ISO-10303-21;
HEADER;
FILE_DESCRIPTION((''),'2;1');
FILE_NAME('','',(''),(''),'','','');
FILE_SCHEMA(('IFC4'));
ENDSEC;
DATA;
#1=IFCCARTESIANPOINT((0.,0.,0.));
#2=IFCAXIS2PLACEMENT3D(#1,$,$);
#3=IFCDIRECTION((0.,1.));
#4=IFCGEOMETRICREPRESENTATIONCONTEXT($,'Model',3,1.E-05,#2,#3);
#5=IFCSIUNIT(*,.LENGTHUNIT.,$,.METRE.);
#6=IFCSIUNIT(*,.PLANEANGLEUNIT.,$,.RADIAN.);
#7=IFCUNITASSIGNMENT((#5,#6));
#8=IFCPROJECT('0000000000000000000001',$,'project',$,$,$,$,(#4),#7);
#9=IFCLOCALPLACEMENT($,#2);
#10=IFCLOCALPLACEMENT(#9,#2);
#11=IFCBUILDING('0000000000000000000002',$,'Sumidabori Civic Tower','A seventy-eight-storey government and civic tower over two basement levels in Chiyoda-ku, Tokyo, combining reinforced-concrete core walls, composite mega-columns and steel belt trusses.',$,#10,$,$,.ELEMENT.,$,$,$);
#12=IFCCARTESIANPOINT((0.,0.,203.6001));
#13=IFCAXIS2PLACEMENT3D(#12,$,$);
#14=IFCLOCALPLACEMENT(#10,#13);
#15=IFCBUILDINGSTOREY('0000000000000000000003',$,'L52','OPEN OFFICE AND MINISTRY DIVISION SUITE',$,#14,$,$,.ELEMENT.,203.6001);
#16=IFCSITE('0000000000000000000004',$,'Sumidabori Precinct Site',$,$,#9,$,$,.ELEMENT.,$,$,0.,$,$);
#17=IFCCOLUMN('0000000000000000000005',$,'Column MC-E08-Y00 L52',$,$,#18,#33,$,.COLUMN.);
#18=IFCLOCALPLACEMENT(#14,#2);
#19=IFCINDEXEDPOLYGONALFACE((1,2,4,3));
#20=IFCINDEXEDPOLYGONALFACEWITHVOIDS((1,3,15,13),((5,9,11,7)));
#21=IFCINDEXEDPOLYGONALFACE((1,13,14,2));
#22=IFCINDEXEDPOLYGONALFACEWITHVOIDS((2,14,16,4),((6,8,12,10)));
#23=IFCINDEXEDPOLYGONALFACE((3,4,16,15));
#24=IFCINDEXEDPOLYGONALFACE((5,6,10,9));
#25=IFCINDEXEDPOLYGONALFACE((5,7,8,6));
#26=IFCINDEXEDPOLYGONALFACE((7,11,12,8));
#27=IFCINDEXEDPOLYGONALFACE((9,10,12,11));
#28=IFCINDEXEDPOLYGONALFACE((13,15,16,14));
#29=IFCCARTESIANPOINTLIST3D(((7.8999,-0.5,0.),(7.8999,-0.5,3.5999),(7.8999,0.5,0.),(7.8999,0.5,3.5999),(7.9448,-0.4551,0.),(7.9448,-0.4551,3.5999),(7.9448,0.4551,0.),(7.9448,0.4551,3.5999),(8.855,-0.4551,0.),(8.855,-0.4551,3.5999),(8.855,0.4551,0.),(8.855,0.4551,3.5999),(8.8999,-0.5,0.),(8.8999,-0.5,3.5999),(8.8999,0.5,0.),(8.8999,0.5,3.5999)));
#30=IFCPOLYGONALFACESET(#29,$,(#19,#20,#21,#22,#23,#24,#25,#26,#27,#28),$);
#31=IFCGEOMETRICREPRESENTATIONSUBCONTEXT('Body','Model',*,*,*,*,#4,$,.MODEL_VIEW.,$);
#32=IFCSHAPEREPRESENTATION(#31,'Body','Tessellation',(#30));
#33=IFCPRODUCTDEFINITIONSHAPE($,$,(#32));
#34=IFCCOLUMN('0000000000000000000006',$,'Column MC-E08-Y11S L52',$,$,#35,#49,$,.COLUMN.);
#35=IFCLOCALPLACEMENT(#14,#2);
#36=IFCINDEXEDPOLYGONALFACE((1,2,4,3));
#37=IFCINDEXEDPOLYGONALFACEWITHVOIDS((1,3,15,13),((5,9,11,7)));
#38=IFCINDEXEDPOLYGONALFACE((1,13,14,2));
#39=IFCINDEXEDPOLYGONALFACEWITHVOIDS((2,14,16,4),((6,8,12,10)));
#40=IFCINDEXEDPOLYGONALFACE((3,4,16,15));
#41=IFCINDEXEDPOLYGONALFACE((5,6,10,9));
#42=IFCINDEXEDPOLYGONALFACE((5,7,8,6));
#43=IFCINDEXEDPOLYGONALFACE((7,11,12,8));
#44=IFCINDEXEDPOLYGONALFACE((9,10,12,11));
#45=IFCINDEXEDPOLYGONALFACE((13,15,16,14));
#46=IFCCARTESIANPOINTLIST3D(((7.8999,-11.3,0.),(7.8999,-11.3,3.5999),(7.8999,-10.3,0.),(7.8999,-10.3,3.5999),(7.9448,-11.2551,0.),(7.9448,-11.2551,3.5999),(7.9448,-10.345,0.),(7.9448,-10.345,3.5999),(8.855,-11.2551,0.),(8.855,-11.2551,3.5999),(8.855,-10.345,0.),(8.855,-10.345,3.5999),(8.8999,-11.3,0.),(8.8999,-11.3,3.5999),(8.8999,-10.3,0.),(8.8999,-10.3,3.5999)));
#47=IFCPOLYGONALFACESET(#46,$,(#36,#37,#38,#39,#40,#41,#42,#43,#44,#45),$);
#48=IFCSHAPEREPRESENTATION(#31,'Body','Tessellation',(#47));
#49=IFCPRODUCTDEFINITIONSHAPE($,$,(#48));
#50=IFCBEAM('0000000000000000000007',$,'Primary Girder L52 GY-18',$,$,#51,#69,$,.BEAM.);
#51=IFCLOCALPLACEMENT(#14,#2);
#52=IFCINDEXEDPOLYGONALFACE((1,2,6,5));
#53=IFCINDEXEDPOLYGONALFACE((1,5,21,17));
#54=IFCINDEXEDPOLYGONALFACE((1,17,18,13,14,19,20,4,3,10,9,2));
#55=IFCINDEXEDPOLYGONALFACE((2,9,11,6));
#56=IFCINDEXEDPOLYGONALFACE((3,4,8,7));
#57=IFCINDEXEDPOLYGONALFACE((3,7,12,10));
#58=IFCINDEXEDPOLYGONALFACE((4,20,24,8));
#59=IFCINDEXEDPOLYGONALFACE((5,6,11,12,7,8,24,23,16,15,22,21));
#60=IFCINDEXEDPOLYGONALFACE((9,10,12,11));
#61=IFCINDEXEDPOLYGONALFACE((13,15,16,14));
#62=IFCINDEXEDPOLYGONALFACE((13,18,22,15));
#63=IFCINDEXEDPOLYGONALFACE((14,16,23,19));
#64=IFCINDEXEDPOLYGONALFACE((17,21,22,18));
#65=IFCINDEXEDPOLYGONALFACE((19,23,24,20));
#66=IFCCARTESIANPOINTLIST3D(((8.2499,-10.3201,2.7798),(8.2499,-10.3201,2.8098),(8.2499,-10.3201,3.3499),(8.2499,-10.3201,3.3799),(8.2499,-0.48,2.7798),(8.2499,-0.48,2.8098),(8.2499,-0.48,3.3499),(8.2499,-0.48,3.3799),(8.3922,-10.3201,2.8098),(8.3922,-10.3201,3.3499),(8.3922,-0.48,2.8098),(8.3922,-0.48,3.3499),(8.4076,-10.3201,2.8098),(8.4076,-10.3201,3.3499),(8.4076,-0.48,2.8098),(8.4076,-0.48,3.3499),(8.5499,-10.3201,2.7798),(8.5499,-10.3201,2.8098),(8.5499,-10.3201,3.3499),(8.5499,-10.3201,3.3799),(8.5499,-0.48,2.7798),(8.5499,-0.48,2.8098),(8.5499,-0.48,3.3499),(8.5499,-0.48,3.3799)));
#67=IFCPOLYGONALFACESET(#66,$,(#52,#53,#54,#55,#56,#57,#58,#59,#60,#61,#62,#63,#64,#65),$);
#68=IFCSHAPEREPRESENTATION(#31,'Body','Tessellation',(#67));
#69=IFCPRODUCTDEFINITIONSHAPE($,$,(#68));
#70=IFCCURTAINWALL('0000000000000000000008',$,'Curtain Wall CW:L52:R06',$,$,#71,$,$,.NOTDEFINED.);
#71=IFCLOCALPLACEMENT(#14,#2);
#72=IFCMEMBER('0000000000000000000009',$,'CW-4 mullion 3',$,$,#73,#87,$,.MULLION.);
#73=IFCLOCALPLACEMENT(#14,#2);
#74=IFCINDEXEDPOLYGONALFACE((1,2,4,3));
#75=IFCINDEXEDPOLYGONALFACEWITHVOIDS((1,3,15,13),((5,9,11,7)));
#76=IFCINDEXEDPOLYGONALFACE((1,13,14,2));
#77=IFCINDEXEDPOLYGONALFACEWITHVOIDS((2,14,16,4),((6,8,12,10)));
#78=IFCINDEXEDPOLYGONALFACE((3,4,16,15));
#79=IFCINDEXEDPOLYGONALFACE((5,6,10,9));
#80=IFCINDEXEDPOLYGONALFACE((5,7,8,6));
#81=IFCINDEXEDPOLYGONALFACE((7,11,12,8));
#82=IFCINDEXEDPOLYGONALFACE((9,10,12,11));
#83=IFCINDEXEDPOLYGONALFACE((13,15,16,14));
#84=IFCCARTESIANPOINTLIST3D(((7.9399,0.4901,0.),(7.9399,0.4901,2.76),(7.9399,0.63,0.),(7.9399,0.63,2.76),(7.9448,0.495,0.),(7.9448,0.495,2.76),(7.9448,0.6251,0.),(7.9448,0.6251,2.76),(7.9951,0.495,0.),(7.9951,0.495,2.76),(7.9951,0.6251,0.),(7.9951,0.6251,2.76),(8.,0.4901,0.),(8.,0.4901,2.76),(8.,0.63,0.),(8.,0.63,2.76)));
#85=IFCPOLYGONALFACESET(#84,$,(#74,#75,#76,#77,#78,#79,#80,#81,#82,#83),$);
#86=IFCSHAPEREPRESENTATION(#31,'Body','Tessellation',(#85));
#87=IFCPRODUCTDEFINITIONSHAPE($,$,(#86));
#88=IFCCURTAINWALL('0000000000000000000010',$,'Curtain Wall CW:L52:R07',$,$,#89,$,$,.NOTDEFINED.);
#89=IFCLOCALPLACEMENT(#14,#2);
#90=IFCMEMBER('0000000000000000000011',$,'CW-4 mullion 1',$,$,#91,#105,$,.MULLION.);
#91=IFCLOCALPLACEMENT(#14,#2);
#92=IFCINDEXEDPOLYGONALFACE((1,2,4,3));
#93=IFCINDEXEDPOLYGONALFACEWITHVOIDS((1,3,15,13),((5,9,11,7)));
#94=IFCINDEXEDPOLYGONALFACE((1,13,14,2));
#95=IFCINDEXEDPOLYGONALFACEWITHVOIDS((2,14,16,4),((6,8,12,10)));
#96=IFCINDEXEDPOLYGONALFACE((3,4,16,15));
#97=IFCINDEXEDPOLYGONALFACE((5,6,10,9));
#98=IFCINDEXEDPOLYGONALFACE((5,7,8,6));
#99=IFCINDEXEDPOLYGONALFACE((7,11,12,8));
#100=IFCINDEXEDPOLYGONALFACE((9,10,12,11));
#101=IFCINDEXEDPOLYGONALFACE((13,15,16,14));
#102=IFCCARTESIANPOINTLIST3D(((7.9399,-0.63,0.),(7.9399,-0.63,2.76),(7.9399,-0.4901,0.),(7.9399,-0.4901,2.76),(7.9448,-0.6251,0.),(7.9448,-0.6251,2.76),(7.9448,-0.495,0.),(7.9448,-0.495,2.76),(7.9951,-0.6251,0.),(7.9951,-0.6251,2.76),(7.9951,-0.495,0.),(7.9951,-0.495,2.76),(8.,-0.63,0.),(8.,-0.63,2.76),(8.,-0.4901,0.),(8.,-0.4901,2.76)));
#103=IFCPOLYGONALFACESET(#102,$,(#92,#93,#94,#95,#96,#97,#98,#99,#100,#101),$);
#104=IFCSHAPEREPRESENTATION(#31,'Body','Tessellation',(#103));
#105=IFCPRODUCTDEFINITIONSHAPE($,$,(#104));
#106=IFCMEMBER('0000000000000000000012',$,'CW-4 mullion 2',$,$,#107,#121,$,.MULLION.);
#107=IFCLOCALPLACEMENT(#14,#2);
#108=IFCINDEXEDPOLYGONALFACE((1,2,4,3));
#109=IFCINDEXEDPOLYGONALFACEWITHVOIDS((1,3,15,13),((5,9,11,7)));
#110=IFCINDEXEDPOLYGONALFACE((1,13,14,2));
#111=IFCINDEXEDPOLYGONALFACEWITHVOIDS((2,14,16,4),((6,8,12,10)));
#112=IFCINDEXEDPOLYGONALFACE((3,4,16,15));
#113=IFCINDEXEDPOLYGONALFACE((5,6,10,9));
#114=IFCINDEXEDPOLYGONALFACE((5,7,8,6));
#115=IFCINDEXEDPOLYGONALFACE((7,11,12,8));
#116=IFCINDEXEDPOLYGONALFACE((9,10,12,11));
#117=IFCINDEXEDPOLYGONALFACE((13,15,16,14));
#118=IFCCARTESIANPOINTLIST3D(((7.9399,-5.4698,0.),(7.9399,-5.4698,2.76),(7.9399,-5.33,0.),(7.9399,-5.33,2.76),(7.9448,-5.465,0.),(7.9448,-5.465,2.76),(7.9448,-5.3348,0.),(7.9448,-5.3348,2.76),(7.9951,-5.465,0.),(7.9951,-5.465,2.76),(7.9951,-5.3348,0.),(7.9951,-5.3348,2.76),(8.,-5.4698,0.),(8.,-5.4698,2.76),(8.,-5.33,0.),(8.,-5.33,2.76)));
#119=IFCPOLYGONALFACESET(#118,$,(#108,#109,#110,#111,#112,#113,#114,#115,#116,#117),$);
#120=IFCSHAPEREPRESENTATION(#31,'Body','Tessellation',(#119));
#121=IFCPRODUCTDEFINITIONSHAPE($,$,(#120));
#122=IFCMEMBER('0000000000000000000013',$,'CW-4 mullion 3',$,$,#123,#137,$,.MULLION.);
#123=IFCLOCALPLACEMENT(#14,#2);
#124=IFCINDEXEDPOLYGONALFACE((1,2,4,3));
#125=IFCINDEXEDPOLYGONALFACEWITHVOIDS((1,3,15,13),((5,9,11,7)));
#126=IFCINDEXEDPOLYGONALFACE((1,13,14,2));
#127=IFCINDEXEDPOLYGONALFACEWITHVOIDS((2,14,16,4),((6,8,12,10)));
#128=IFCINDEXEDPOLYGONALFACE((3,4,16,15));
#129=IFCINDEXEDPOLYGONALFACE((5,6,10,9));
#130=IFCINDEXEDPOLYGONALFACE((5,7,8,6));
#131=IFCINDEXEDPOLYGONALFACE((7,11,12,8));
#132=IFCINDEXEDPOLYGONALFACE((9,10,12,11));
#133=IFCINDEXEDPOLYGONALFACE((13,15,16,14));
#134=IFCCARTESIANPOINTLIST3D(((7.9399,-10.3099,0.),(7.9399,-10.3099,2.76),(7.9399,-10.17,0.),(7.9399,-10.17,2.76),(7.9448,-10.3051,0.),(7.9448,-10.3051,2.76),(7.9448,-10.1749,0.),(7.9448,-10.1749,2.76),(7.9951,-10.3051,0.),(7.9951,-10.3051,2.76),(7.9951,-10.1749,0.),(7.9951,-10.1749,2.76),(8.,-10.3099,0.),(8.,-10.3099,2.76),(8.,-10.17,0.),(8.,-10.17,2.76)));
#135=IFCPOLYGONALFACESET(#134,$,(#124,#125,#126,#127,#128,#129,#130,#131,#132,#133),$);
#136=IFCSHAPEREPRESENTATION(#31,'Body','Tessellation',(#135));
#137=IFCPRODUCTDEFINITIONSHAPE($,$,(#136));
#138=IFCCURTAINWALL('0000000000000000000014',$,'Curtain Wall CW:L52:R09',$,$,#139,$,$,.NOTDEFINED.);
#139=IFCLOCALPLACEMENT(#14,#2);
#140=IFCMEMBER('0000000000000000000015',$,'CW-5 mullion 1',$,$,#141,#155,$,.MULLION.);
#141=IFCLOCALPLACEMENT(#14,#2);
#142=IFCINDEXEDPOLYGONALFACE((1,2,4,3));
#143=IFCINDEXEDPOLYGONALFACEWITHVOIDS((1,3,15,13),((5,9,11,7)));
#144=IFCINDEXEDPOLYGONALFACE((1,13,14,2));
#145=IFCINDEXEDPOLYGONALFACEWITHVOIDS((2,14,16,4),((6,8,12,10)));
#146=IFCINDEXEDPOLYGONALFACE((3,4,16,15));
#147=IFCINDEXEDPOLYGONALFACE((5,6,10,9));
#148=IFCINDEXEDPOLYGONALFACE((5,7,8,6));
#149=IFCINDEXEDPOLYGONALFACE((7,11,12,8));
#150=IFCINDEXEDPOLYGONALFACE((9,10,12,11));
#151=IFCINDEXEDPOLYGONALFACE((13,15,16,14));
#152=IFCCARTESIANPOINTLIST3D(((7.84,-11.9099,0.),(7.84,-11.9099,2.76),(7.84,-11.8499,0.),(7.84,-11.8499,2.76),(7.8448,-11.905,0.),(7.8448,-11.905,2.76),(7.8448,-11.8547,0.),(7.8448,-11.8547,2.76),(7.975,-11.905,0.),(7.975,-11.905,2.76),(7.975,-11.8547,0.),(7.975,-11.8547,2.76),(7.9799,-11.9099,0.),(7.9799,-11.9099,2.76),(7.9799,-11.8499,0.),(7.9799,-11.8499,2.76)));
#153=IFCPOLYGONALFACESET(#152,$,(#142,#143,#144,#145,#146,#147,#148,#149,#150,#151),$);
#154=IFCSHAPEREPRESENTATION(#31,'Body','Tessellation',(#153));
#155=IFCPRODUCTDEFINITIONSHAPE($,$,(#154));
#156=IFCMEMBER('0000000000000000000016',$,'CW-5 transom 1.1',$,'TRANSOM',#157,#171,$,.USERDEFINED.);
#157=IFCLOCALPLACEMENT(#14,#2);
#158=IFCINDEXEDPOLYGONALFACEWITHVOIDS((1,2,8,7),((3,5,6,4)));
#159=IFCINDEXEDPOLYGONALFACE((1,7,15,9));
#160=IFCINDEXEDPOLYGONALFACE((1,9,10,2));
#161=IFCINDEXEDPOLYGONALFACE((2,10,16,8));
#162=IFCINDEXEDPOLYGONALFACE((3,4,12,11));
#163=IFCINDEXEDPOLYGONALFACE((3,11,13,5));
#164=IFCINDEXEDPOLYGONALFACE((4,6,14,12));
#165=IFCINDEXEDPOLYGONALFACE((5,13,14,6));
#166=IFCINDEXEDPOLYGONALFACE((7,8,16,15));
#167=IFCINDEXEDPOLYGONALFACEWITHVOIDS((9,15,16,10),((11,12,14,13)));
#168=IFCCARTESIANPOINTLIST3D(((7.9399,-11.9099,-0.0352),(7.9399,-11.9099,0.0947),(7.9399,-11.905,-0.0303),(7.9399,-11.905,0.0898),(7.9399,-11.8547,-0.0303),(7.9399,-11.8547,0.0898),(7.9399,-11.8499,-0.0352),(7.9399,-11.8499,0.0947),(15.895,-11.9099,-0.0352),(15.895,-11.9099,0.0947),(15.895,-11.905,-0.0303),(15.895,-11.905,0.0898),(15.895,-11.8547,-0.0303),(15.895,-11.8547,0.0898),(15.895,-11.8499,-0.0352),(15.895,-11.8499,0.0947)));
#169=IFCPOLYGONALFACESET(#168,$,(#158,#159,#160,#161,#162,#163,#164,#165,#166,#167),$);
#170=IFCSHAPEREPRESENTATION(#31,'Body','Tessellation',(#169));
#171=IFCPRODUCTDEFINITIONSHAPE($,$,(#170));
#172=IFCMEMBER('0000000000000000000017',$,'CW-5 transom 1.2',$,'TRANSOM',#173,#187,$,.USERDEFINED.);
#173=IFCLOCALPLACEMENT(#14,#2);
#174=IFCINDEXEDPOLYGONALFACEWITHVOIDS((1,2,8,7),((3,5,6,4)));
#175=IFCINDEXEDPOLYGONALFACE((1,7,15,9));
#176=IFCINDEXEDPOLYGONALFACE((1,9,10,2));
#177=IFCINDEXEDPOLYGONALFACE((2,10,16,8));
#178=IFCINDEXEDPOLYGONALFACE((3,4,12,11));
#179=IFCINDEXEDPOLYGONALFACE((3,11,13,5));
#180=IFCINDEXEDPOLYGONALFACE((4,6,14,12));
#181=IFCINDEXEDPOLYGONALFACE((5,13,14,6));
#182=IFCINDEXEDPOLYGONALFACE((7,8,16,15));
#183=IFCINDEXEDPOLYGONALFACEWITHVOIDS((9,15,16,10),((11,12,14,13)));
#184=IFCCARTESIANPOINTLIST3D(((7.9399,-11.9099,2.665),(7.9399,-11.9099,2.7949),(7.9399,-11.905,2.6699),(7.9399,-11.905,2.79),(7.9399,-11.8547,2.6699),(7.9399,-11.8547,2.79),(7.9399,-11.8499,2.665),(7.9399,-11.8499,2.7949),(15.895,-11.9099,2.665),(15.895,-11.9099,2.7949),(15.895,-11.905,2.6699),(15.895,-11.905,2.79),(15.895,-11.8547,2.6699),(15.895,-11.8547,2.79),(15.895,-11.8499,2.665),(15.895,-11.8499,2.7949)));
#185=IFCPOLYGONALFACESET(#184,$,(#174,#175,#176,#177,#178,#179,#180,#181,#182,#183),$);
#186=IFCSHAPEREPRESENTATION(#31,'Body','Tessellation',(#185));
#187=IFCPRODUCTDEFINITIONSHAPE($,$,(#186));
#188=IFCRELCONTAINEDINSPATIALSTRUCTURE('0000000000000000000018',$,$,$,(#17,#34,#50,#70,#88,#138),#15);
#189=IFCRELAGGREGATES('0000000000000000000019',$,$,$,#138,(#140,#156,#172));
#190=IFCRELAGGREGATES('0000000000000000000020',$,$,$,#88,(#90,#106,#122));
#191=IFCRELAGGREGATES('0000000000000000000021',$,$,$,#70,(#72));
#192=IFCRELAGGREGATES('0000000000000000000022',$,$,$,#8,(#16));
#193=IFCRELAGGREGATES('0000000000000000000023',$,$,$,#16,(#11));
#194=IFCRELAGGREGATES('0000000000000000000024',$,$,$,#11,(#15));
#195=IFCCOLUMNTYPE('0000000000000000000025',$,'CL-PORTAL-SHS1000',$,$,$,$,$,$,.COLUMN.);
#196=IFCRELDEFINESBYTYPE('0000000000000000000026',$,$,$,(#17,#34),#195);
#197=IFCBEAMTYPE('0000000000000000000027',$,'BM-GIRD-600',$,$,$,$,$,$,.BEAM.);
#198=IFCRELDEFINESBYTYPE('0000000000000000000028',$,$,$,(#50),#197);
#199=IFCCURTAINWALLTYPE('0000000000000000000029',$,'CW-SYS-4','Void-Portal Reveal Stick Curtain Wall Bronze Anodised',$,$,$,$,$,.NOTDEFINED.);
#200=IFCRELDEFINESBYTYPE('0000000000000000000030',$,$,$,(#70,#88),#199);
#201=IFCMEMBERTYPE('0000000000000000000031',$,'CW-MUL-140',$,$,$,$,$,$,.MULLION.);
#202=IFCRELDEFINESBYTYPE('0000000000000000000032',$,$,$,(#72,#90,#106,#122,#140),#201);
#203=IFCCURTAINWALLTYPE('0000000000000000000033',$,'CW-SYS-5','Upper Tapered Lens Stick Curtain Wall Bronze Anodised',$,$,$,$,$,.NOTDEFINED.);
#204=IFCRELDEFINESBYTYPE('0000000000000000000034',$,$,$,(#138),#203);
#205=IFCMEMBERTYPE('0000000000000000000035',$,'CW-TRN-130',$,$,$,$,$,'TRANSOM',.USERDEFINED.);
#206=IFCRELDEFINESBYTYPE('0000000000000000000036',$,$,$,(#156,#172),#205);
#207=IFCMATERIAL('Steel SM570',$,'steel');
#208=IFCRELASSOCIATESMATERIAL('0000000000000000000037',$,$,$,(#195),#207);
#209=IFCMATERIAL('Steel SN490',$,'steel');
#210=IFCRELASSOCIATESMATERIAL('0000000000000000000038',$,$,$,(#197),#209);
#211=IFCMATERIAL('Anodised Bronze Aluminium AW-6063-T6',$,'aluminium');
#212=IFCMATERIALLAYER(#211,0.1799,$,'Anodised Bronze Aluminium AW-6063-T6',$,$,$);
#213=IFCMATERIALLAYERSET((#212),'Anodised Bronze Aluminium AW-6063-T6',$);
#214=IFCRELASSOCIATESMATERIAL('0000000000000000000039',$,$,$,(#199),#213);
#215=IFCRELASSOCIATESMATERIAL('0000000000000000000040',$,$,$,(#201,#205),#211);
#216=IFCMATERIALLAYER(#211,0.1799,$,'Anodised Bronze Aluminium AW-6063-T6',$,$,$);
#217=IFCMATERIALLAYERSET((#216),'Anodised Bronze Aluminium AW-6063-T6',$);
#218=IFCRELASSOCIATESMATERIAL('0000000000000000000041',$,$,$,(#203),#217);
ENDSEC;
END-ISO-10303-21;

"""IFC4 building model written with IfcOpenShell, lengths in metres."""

from ifc_helpers import new_model, si_unit, direction, frame, origin, origin_2d, place, context, subcontext, project, spatial, hollow_rectangle, i_section, extrude, source, transform, mapped, material, layer, layer_set, material_profile, profile_set, type_object, element, aggregate, save


model = new_model("IFC4")

# Units and contexts
model_context = context("Model", 3, precision=1e-05, world=origin(), true_north=direction((0.0, 1.0)))
body_context = subcontext(model_context, "Body", "Model", "MODEL_VIEW")
ifc_project = project(units=[si_unit("LENGTHUNIT", "METRE"), si_unit("PLANEANGLEUNIT", "RADIAN")], contexts=[model_context])

# Site, building, storey
site_placement = place(None, origin())
site = spatial("IfcSite", under=ifc_project, at=site_placement, Name="Sumidabori Precinct Site", CompositionType="ELEMENT", RefElevation=0.0)
building_placement = place(site_placement, origin())
building = spatial("IfcBuilding", under=site, at=building_placement, Name="Sumidabori Civic Tower", Description="A seventy-eight-storey government and civic tower over two basement levels in Chiyoda-ku, Tokyo, combining reinforced-concrete core walls, composite mega-columns and steel belt trusses.", CompositionType="ELEMENT")
storey_placement = place(building_placement, frame((0.0, 0.0, 203.6001)))
storey = spatial("IfcBuildingStorey", under=building, at=storey_placement, Name="L52", Description="OPEN OFFICE AND MINISTRY DIVISION SUITE", CompositionType="ELEMENT", Elevation=203.6001)

# Columns
ifc_material_1 = material(Name="Steel SM570", Category="steel")
ifc_material_profile_1 = material_profile(ifc_material_1, hollow_rectangle(XDim=1.0, YDim=1.0, WallThickness=0.0449, at=origin_2d()), Name="SHS 1000x1000x45")
ifc_profile_set_1 = profile_set([ifc_material_profile_1], Name="Steel SM570")
column_type = type_object("IfcColumnType", Name="CL-PORTAL-SHS1000", PredefinedType="COLUMN", material=ifc_profile_set_1)
shared_shape_1 = source(origin(), body_context, "Body", "SweptSolid", [
    extrude(hollow_rectangle(XDim=1.0, YDim=1.0, WallThickness=0.0449, at=origin_2d()), origin(), (0.0, 0.0, 1.0), 3.5999),
])
for number, where, z_axis, x_axis, name in (
    (1, (8.3999, 0.0, 0.0), (0.0, 0.0, 1.0), (1.0, 0.0, 0.0), "Column MC-E08-Y00 L52"),
    (2, (8.3999, -10.8, 0.0), (0.0, 0.0, 1.0), (1.0, 0.0, 0.0), "Column MC-E08-Y11S L52"),
):
    element("IfcColumn", number, at=place(storey_placement, frame(where, z_axis=z_axis, x_axis=x_axis)), inside=storey, type_object=column_type, Name=name, PredefinedType="COLUMN", context=body_context, shape_type="MappedRepresentation", body=[
        mapped(shared_shape_1, transform((0.0, 0.0, 0.0), x_axis=(1.0, 0.0, 0.0), y_axis=(0.0, 1.0, 0.0), z_axis=(0.0, 0.0, 1.0), scale=1.0)),
    ])

# Beam
ifc_material_2 = material(Name="Steel SN490", Category="steel")
ifc_material_profile_2 = material_profile(ifc_material_2, i_section(OverallWidth=0.3, OverallDepth=0.6001, WebThickness=0.0154, FlangeThickness=0.03, at=origin_2d()), Name="HE 600 B")
ifc_profile_set_2 = profile_set([ifc_material_profile_2], Name="Steel SN490")
beam_type = type_object("IfcBeamType", Name="BM-GIRD-600", PredefinedType="BEAM", material=ifc_profile_set_2)
shared_shape_2 = source(origin(), body_context, "Body", "SweptSolid", [
    extrude(i_section(OverallWidth=0.3, OverallDepth=0.6001, WebThickness=0.0154, FlangeThickness=0.03, at=origin_2d()), origin(), (0.0, 0.0, 1.0), 9.8401),
])
beam_placement = place(storey_placement, frame((8.3999, -10.3201, 3.0798), z_axis=(0.0, 1.0, 0.0), x_axis=(-1.0, 0.0, 0.0)))
element("IfcBeam", 3, at=beam_placement, inside=storey, type_object=beam_type, Name="Primary Girder L52 GY-18", PredefinedType="BEAM", context=body_context, shape_type="MappedRepresentation", body=[
    mapped(shared_shape_2, transform((0.0, 0.0, 0.0), x_axis=(1.0, 0.0, 0.0), y_axis=(0.0, 1.0, 0.0), z_axis=(0.0, 0.0, 1.0), scale=1.0)),
])

# Curtain wall, member
ifc_material_3 = material(Name="Anodised Bronze Aluminium AW-6063-T6", Category="aluminium")
ifc_layer_1 = layer(ifc_material_3, 0.1799, Name="Anodised Bronze Aluminium AW-6063-T6")
ifc_layer_set_1 = layer_set([ifc_layer_1], Name="Anodised Bronze Aluminium AW-6063-T6")
curtain_wall_type_1 = type_object("IfcCurtainWallType", Name="CW-SYS-4", Description="Void-Portal Reveal Stick Curtain Wall Bronze Anodised", PredefinedType="NOTDEFINED", material=ifc_layer_set_1)
curtain_wall_1_placement = place(storey_placement, origin())
curtain_wall_1 = element("IfcCurtainWall", 4, at=curtain_wall_1_placement, inside=storey, type_object=curtain_wall_type_1, Name="Curtain Wall CW:L52:R06", PredefinedType="NOTDEFINED")
ifc_material_profile_3 = material_profile(ifc_material_3, hollow_rectangle(XDim=0.0601, YDim=0.1399, WallThickness=0.0049, at=origin_2d()), Name="ALU MULLION 140x60")
ifc_profile_set_3 = profile_set([ifc_material_profile_3], Name="Anodised Bronze Aluminium AW-6063-T6")
member_type_1 = type_object("IfcMemberType", Name="CW-MUL-140", PredefinedType="MULLION", material=ifc_profile_set_3)
shared_shape_3 = source(origin(), body_context, "Body", "SweptSolid", [
    extrude(hollow_rectangle(XDim=0.0601, YDim=0.1399, WallThickness=0.0049, at=origin_2d()), origin(), (0.0, 0.0, 1.0), 2.76),
])
member_1_placement = place(storey_placement, frame((7.97, 0.5601, 0.0), z_axis=(0.0, 0.0, 1.0), x_axis=(1.0, 0.0, 0.0)))
member_1 = element("IfcMember", 5, at=member_1_placement, type_object=member_type_1, Name="CW-4 mullion 3", PredefinedType="MULLION", context=body_context, shape_type="MappedRepresentation", body=[
    mapped(shared_shape_3, transform((0.0, 0.0, 0.0), x_axis=(1.0, 0.0, 0.0), y_axis=(0.0, 1.0, 0.0), z_axis=(0.0, 0.0, 1.0), scale=1.0)),
])

# Curtain walls, members
curtain_wall_2_placement = place(storey_placement, origin())
curtain_wall_2 = element("IfcCurtainWall", 6, at=curtain_wall_2_placement, inside=storey, type_object=curtain_wall_type_1, Name="Curtain Wall CW:L52:R07", PredefinedType="NOTDEFINED")
member_2_placement = place(storey_placement, frame((7.97, -0.5601, 0.0), z_axis=(0.0, 0.0, 1.0), x_axis=(1.0, 0.0, 0.0)))
member_2 = element("IfcMember", 7, at=member_2_placement, type_object=member_type_1, Name="CW-4 mullion 1", PredefinedType="MULLION", context=body_context, shape_type="MappedRepresentation", body=[
    mapped(shared_shape_3, transform((0.0, 0.0, 0.0), x_axis=(1.0, 0.0, 0.0), y_axis=(0.0, 1.0, 0.0), z_axis=(0.0, 0.0, 1.0), scale=1.0)),
])
member_3_placement = place(storey_placement, frame((7.97, -5.3999, 0.0), z_axis=(0.0, 0.0, 1.0), x_axis=(1.0, 0.0, 0.0)))
member_3 = element("IfcMember", 8, at=member_3_placement, type_object=member_type_1, Name="CW-4 mullion 2", PredefinedType="MULLION", context=body_context, shape_type="MappedRepresentation", body=[
    mapped(shared_shape_3, transform((0.0, 0.0, 0.0), x_axis=(1.0, 0.0, 0.0), y_axis=(0.0, 1.0, 0.0), z_axis=(0.0, 0.0, 1.0), scale=1.0)),
])
member_4_placement = place(storey_placement, frame((7.97, -10.24, 0.0), z_axis=(0.0, 0.0, 1.0), x_axis=(1.0, 0.0, 0.0)))
member_4 = element("IfcMember", 9, at=member_4_placement, type_object=member_type_1, Name="CW-4 mullion 3", PredefinedType="MULLION", context=body_context, shape_type="MappedRepresentation", body=[
    mapped(shared_shape_3, transform((0.0, 0.0, 0.0), x_axis=(1.0, 0.0, 0.0), y_axis=(0.0, 1.0, 0.0), z_axis=(0.0, 0.0, 1.0), scale=1.0)),
])
ifc_layer_2 = layer(ifc_material_3, 0.1799, Name="Anodised Bronze Aluminium AW-6063-T6")
ifc_layer_set_2 = layer_set([ifc_layer_2], Name="Anodised Bronze Aluminium AW-6063-T6")
curtain_wall_type_2 = type_object("IfcCurtainWallType", Name="CW-SYS-5", Description="Upper Tapered Lens Stick Curtain Wall Bronze Anodised", PredefinedType="NOTDEFINED", material=ifc_layer_set_2)
curtain_wall_3_placement = place(storey_placement, origin())
curtain_wall_3 = element("IfcCurtainWall", 10, at=curtain_wall_3_placement, inside=storey, type_object=curtain_wall_type_2, Name="Curtain Wall CW:L52:R09", PredefinedType="NOTDEFINED")
member_5_placement = place(storey_placement, frame((7.9099, -11.8799, 0.0), z_axis=(0.0, 0.0, 1.0), x_axis=(0.0, 1.0, 0.0)))
member_5 = element("IfcMember", 11, at=member_5_placement, type_object=member_type_1, Name="CW-5 mullion 1", PredefinedType="MULLION", context=body_context, shape_type="MappedRepresentation", body=[
    mapped(shared_shape_3, transform((0.0, 0.0, 0.0), x_axis=(1.0, 0.0, 0.0), y_axis=(0.0, 1.0, 0.0), z_axis=(0.0, 0.0, 1.0), scale=1.0)),
])
ifc_material_profile_4 = material_profile(ifc_material_3, hollow_rectangle(XDim=0.0601, YDim=0.1299, WallThickness=0.0049, at=origin_2d()), Name="ALU TRANSOM 130x60")
ifc_profile_set_4 = profile_set([ifc_material_profile_4], Name="Anodised Bronze Aluminium AW-6063-T6")
member_type_2 = type_object("IfcMemberType", Name="CW-TRN-130", ElementType="TRANSOM", PredefinedType="USERDEFINED", material=ifc_profile_set_4)
shared_shape_4 = source(origin(), body_context, "Body", "SweptSolid", [
    extrude(hollow_rectangle(XDim=0.0601, YDim=0.1299, WallThickness=0.0049, at=origin_2d()), origin(), (0.0, 0.0, 1.0), 7.9551),
])
member_6_placement = place(storey_placement, frame((7.9399, -11.8799, 0.0298), z_axis=(1.0, 0.0, 0.0), x_axis=(0.0, 1.0, 0.0)))
member_6 = element("IfcMember", 12, at=member_6_placement, type_object=member_type_2, Name="CW-5 transom 1.1", ObjectType="TRANSOM", PredefinedType="USERDEFINED", context=body_context, shape_type="MappedRepresentation", body=[
    mapped(shared_shape_4, transform((0.0, 0.0, 0.0), x_axis=(1.0, 0.0, 0.0), y_axis=(0.0, 1.0, 0.0), z_axis=(0.0, 0.0, 1.0), scale=1.0)),
])
member_7_placement = place(storey_placement, frame((7.9399, -11.8799, 2.73), z_axis=(1.0, 0.0, 0.0), x_axis=(0.0, 1.0, 0.0)))
member_7 = element("IfcMember", 13, at=member_7_placement, type_object=member_type_2, Name="CW-5 transom 1.2", ObjectType="TRANSOM", PredefinedType="USERDEFINED", context=body_context, shape_type="MappedRepresentation", body=[
    mapped(shared_shape_4, transform((0.0, 0.0, 0.0), x_axis=(1.0, 0.0, 0.0), y_axis=(0.0, 1.0, 0.0), z_axis=(0.0, 0.0, 1.0), scale=1.0)),
])
aggregate(curtain_wall_3, [member_5, member_6, member_7])

aggregate(curtain_wall_2, [member_2, member_3, member_4])
aggregate(curtain_wall_1, [member_1])

save(model, "model.ifc")
